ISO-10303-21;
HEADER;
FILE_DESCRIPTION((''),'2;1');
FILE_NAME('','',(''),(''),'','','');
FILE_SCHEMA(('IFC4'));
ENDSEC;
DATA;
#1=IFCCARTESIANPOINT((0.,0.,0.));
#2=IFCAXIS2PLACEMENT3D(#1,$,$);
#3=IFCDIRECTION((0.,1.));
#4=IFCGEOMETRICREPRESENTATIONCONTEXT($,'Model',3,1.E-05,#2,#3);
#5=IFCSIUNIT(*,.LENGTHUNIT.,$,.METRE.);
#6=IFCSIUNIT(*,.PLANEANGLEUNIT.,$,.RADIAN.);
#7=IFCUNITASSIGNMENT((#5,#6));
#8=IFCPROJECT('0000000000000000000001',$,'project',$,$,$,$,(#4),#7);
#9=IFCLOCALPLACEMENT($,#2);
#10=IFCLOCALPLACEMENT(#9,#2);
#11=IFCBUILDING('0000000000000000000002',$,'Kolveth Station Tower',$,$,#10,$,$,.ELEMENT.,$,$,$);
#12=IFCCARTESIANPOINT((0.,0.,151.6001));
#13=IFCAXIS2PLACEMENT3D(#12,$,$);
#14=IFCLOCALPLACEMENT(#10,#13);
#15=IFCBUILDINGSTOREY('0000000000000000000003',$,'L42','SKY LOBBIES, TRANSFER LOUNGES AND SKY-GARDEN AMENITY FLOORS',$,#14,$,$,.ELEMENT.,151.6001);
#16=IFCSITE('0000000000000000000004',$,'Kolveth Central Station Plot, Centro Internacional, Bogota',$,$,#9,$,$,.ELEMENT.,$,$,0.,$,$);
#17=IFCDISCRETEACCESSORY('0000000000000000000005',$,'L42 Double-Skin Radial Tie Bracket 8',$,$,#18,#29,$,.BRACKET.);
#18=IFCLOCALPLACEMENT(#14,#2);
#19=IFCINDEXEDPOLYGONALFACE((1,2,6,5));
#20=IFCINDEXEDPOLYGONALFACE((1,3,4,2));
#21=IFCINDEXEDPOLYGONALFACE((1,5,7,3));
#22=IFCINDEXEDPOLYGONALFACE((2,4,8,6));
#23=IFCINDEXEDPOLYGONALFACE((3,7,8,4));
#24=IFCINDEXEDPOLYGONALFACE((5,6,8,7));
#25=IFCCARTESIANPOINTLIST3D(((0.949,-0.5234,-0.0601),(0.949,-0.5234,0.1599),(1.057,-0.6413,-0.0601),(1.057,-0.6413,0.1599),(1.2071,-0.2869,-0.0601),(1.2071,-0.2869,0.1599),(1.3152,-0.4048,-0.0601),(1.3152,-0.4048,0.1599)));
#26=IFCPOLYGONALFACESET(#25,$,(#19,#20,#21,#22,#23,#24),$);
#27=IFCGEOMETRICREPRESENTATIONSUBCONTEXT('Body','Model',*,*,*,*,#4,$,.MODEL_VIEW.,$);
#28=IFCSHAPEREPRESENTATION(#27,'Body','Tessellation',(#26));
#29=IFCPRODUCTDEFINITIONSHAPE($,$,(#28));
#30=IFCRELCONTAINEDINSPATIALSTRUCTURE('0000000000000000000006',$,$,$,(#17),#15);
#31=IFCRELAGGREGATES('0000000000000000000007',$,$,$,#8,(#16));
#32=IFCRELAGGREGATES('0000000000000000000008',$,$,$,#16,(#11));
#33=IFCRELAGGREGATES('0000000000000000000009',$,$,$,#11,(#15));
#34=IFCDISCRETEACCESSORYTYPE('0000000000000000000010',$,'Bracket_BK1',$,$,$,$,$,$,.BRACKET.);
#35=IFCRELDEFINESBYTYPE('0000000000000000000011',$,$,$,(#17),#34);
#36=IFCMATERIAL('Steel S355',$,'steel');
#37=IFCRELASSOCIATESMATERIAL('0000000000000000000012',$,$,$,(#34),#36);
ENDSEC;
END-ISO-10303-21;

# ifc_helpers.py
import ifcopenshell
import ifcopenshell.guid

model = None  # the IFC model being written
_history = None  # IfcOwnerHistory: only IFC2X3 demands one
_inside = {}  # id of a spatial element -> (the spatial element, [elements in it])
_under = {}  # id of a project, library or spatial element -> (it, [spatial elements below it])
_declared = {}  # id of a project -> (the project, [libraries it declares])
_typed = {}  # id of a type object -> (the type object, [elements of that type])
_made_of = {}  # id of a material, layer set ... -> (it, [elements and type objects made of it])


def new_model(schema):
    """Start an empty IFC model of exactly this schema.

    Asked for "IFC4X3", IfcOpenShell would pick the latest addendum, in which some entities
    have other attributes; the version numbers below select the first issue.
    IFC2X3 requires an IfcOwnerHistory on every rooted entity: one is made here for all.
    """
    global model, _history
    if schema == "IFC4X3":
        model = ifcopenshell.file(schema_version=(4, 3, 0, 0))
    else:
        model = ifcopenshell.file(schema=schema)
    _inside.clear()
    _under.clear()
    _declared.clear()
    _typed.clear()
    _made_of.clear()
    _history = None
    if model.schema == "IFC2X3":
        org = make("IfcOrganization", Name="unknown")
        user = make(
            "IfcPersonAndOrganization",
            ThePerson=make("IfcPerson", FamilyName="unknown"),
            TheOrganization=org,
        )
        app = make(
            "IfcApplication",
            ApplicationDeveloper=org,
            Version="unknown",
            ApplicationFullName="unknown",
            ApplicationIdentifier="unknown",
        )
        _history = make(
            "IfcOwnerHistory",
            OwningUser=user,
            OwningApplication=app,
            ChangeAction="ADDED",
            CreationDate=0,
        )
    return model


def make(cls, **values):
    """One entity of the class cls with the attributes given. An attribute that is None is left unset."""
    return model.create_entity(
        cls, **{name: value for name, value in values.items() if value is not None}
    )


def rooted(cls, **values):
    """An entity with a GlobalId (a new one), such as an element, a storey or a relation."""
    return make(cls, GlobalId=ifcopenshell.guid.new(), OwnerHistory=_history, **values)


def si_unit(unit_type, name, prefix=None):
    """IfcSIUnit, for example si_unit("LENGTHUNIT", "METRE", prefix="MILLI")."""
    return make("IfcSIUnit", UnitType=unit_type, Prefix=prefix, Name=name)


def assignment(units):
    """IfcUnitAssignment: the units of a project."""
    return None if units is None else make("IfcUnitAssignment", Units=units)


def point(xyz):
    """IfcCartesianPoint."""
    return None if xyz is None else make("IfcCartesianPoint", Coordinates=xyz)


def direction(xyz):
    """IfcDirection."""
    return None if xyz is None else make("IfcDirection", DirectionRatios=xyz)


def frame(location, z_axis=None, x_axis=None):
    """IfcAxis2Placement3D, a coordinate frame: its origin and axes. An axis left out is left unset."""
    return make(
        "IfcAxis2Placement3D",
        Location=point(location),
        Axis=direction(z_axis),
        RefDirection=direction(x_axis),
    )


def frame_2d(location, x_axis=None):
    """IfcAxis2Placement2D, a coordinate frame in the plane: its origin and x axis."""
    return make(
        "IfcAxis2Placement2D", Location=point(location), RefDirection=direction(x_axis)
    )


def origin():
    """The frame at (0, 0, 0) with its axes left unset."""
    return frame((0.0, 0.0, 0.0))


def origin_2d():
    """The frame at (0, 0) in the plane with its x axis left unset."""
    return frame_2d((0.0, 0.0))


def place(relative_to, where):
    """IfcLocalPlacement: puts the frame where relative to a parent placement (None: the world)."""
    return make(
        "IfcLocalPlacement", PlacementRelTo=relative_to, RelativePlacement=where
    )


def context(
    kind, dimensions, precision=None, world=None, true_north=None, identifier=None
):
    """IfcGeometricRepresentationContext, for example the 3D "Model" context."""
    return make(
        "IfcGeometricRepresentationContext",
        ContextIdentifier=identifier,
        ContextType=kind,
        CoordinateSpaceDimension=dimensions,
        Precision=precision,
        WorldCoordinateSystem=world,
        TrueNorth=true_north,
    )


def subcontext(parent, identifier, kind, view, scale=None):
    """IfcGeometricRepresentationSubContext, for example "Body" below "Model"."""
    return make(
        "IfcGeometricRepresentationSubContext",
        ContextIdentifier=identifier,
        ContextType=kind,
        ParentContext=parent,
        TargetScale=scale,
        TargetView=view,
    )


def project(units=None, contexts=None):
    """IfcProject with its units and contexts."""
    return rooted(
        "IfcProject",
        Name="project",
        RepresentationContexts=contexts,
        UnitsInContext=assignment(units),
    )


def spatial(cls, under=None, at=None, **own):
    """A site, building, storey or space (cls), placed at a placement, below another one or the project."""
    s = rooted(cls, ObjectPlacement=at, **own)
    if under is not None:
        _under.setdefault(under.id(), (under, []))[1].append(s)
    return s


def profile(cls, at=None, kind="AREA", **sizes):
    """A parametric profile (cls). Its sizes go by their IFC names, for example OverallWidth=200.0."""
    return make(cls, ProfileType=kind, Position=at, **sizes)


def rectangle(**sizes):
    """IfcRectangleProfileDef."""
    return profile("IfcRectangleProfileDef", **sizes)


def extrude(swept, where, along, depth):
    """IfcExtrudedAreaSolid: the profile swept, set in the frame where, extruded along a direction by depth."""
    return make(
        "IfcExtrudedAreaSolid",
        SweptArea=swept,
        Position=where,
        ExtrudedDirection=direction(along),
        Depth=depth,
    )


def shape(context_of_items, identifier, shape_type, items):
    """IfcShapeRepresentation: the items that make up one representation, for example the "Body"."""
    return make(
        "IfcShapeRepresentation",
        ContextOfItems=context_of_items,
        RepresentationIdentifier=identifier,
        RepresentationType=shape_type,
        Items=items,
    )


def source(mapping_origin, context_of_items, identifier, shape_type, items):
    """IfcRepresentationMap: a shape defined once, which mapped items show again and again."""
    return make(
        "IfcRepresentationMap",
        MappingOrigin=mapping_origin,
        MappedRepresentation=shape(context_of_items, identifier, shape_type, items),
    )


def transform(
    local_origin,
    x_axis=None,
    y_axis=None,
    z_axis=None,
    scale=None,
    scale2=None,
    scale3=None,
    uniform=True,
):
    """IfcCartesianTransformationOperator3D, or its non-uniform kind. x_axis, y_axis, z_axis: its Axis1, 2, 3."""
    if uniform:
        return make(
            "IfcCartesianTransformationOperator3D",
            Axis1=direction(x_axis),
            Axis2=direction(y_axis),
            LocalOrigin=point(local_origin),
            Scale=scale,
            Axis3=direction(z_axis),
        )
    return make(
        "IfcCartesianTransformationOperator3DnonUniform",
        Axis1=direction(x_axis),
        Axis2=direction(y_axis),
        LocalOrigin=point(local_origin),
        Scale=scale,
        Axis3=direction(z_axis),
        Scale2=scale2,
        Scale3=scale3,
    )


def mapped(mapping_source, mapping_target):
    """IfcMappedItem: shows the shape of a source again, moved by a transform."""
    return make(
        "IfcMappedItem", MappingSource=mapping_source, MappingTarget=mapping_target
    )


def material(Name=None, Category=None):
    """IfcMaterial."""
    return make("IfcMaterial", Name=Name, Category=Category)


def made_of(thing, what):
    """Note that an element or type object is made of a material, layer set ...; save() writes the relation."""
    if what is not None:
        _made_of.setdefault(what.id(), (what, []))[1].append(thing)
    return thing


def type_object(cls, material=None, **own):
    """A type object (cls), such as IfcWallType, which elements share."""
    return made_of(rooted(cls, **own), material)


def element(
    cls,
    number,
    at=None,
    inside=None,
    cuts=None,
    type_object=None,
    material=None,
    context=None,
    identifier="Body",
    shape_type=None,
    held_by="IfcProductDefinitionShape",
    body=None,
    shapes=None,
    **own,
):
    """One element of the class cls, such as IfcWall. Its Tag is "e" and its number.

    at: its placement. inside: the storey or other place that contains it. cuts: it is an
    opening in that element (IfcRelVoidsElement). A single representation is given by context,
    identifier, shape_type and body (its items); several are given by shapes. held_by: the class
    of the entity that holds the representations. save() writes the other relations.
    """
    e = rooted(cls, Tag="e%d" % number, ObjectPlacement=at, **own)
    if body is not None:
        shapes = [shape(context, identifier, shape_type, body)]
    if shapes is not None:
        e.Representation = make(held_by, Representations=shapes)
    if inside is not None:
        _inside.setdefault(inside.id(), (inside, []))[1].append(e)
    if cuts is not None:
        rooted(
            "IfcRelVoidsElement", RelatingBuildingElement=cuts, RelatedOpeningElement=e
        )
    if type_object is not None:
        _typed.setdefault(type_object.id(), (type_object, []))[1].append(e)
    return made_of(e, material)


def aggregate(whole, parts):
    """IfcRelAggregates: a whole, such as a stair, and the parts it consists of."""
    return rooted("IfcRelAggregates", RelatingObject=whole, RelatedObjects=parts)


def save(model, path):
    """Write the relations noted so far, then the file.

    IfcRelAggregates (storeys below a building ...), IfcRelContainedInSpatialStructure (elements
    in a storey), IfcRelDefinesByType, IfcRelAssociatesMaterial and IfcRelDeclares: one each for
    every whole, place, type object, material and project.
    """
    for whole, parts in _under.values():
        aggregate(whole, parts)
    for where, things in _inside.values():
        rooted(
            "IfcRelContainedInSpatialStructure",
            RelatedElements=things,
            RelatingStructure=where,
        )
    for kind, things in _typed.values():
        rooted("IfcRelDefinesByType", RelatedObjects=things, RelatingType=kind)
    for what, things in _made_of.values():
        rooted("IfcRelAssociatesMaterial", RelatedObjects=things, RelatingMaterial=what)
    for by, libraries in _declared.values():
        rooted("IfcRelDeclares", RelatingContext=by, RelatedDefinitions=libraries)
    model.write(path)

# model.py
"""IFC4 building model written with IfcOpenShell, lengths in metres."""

from ifc_helpers import new_model, si_unit, direction, frame, origin, origin_2d, place, context, subcontext, project, spatial, rectangle, extrude, source, transform, mapped, material, type_object, element, save


model = new_model("IFC4")

# Units and contexts
model_context = context("Model", 3, precision=1e-05, world=origin(), true_north=direction((0.0, 1.0)))
body_context = subcontext(model_context, "Body", "Model", "MODEL_VIEW")
ifc_project = project(units=[si_unit("LENGTHUNIT", "METRE"), si_unit("PLANEANGLEUNIT", "RADIAN")], contexts=[model_context])

# Site, building, storey
site_placement = place(None, origin())
site = spatial("IfcSite", under=ifc_project, at=site_placement, Name="Kolveth Central Station Plot, Centro Internacional, Bogota", CompositionType="ELEMENT", RefElevation=0.0)
building_placement = place(site_placement, origin())
building = spatial("IfcBuilding", under=site, at=building_placement, Name="Kolveth Station Tower", CompositionType="ELEMENT")
storey_placement = place(building_placement, frame((0.0, 0.0, 151.6001)))
storey = spatial("IfcBuildingStorey", under=building, at=storey_placement, Name="L42", Description="SKY LOBBIES, TRANSFER LOUNGES AND SKY-GARDEN AMENITY FLOORS", CompositionType="ELEMENT", Elevation=151.6001)

# Discrete accessory
ifc_material_1 = material(Name="Steel S355", Category="steel")
discrete_accessory_type = type_object("IfcDiscreteAccessoryType", Name="Bracket_BK1", PredefinedType="BRACKET", material=ifc_material_1)
shared_shape_1 = source(origin(), body_context, "Body", "SweptSolid", [
    extrude(rectangle(XDim=0.3501, YDim=0.1599, at=origin_2d()), origin(), (0.0, 0.0, 1.0), 0.22),
])
discrete_accessory_placement = place(storey_placement, frame((1.1321, -0.4641, -0.0601), z_axis=(0.0, 0.0, 1.0), x_axis=(-0.737277, -0.67559, 0.0)))
element("IfcDiscreteAccessory", 1, at=discrete_accessory_placement, inside=storey, type_object=discrete_accessory_type, Name="L42 Double-Skin Radial Tie Bracket 8", PredefinedType="BRACKET", context=body_context, shape_type="MappedRepresentation", body=[
    mapped(shared_shape_1, transform((0.0, 0.0, 0.0), x_axis=(1.0, 0.0, 0.0), y_axis=(0.0, 1.0, 0.0), z_axis=(0.0, 0.0, 1.0), scale=1.0)),
])

save(model, "model.ifc")
